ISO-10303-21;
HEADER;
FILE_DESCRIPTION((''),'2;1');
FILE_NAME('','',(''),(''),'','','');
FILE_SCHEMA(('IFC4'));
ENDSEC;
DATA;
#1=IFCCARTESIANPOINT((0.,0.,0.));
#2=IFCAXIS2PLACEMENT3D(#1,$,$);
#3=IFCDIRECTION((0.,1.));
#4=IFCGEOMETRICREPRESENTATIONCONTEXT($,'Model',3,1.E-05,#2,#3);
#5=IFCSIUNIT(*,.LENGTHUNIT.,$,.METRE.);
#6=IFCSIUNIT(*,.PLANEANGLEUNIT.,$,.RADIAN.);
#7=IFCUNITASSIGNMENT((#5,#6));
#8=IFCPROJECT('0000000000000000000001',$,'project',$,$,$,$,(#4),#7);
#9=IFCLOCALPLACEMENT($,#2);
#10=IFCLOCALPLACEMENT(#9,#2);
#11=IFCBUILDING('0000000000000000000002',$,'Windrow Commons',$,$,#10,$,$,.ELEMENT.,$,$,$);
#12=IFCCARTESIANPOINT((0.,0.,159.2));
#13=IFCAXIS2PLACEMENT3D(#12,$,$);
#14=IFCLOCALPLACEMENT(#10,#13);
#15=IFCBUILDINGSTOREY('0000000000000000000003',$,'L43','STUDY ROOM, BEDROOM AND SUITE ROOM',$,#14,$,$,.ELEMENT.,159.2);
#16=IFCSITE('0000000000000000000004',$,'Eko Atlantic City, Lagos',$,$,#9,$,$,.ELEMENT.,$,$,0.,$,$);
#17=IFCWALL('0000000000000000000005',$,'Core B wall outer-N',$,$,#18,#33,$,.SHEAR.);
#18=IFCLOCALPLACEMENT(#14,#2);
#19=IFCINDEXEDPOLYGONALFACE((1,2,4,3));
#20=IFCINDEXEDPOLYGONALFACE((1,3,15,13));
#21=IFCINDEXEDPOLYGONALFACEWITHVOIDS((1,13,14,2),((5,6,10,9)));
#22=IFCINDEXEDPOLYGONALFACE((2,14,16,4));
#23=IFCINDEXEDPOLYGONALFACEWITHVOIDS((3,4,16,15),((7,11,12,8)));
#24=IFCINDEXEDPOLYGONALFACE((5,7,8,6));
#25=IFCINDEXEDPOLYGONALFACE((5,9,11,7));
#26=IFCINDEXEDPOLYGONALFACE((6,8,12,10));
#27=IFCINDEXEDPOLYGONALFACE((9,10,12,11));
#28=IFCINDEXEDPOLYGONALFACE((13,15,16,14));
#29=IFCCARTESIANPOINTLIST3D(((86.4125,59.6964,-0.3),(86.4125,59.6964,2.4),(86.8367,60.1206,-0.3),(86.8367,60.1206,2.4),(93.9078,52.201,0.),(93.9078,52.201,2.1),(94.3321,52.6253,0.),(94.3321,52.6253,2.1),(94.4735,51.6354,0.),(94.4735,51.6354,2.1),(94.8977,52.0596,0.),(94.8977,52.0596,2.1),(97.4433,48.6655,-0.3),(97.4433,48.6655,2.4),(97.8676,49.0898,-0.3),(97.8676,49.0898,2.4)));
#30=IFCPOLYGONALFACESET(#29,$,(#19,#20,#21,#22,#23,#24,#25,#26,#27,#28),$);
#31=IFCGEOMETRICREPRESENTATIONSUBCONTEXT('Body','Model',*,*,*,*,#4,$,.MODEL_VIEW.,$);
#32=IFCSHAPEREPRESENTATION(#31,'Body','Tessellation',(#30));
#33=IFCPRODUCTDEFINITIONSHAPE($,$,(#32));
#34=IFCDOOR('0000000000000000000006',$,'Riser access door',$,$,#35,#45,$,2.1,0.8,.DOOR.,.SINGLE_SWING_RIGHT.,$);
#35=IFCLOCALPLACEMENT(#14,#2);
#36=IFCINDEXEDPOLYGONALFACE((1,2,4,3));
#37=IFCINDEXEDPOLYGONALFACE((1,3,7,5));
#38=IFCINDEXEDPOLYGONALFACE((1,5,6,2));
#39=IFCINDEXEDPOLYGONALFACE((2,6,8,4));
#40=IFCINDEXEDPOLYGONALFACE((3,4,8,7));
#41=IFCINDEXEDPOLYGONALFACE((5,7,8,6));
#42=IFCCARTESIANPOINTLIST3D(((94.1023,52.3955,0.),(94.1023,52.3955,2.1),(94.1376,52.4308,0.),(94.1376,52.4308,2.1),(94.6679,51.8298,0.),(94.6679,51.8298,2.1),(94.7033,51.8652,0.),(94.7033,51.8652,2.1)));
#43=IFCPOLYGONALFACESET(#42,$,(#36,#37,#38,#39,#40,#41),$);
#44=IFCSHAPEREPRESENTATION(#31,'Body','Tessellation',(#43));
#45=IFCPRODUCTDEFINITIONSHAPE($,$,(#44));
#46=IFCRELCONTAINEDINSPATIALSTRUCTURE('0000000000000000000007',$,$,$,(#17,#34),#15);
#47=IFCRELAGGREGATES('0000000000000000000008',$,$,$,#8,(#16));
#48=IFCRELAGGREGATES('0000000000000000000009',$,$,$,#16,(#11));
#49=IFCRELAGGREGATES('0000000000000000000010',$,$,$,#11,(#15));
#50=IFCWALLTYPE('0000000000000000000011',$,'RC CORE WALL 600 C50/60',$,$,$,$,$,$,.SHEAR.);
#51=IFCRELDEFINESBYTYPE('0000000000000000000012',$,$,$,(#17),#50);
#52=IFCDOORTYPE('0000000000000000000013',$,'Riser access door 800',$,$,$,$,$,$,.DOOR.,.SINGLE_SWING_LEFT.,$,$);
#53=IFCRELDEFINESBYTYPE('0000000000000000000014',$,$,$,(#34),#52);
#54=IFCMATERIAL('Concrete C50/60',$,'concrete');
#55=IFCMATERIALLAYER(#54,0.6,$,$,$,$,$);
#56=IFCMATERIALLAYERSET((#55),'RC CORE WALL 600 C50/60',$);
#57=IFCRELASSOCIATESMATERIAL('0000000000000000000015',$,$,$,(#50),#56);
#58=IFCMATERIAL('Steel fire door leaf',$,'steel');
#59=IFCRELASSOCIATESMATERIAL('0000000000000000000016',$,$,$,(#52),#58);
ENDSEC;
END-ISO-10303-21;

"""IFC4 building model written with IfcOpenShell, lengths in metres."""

from ifc_helpers import new_model, si_unit, direction, frame, frame_2d, origin, place, context, subcontext, project, spatial, rectangle, extrude, material, layer, layer_set, type_object, element, fill, save


model = new_model("IFC4")

# Units and contexts
model_context = context("Model", 3, precision=1e-05, world=origin(), true_north=direction((0.0, 1.0)))
body_context = subcontext(model_context, "Body", "Model", "MODEL_VIEW")
ifc_project = project(units=[si_unit("LENGTHUNIT", "METRE"), si_unit("PLANEANGLEUNIT", "RADIAN")], contexts=[model_context])

# Site, building, storey
site_placement = place(None, origin())
site = spatial("IfcSite", under=ifc_project, at=site_placement, Name="Eko Atlantic City, Lagos", CompositionType="ELEMENT", RefElevation=0.0)
building_placement = place(site_placement, origin())
building = spatial("IfcBuilding", under=site, at=building_placement, Name="Windrow Commons", CompositionType="ELEMENT")
storey_placement = place(building_placement, frame((0.0, 0.0, 159.2)))
storey = spatial("IfcBuildingStorey", under=building, at=storey_placement, Name="L43", Description="STUDY ROOM, BEDROOM AND SUITE ROOM", CompositionType="ELEMENT", Elevation=159.2)

# Wall, opening, door
ifc_material_1 = material(Name="Concrete C50/60", Category="concrete")
ifc_layer_1 = layer(ifc_material_1, 0.6)
ifc_layer_set_1 = layer_set([ifc_layer_1], Name="RC CORE WALL 600 C50/60")
wall_type_1 = type_object("IfcWallType", Name="RC CORE WALL 600 C50/60", PredefinedType="SHEAR", material=ifc_layer_set_1)
wall_1_placement = place(storey_placement, frame((86.6246, 59.9085, -0.3), z_axis=(0.0, 0.0, 1.0), x_axis=(0.707107, -0.707107, 0.0)))
wall_1 = element("IfcWall", 1, at=wall_1_placement, inside=storey, type_object=wall_type_1, Name="Core B wall outer-N", PredefinedType="SHEAR", context=body_context, shape_type="SweptSolid", body=[
    extrude(rectangle(XDim=15.6, YDim=0.6, at=frame_2d((7.8, 0.0))), origin(), (0.0, 0.0, 1.0), 2.7),
])
opening_1_placement = place(wall_1_placement, frame((10.6, 0.0, 0.3)))
opening_1 = element("IfcOpeningElement", 2, at=opening_1_placement, cuts=wall_1, PredefinedType="OPENING", context=body_context, shape_type="SweptSolid", body=[
    extrude(rectangle(XDim=0.8, YDim=2.1, at=frame_2d((0.4, 1.05))), frame((0.0, 0.31, 0.0), z_axis=(0.0, -1.0, 0.0), x_axis=(1.0, 0.0, 0.0)), (0.0, 0.0, 1.0), 0.62),
])
ifc_material_2 = material(Name="Steel fire door leaf", Category="steel")
door_type_1 = type_object("IfcDoorType", Name="Riser access door 800", OperationType="SINGLE_SWING_LEFT", PredefinedType="DOOR", material=ifc_material_2)
door_1_placement = place(opening_1_placement, origin())
door_1 = element("IfcDoor", 3, at=door_1_placement, inside=storey, type_object=door_type_1, Name="Riser access door", OperationType="SINGLE_SWING_RIGHT", OverallHeight=2.1, OverallWidth=0.8, PredefinedType="DOOR", context=body_context, shape_type="SweptSolid", body=[
    extrude(rectangle(XDim=0.8, YDim=2.1, at=frame_2d((0.4, 1.05))), frame((0.0, 0.025, 0.0), z_axis=(0.0, -1.0, 0.0), x_axis=(1.0, 0.0, 0.0)), (0.0, 0.0, 1.0), 0.05),
])
fill(opening_1, door_1)

save(model, "model.ifc")
